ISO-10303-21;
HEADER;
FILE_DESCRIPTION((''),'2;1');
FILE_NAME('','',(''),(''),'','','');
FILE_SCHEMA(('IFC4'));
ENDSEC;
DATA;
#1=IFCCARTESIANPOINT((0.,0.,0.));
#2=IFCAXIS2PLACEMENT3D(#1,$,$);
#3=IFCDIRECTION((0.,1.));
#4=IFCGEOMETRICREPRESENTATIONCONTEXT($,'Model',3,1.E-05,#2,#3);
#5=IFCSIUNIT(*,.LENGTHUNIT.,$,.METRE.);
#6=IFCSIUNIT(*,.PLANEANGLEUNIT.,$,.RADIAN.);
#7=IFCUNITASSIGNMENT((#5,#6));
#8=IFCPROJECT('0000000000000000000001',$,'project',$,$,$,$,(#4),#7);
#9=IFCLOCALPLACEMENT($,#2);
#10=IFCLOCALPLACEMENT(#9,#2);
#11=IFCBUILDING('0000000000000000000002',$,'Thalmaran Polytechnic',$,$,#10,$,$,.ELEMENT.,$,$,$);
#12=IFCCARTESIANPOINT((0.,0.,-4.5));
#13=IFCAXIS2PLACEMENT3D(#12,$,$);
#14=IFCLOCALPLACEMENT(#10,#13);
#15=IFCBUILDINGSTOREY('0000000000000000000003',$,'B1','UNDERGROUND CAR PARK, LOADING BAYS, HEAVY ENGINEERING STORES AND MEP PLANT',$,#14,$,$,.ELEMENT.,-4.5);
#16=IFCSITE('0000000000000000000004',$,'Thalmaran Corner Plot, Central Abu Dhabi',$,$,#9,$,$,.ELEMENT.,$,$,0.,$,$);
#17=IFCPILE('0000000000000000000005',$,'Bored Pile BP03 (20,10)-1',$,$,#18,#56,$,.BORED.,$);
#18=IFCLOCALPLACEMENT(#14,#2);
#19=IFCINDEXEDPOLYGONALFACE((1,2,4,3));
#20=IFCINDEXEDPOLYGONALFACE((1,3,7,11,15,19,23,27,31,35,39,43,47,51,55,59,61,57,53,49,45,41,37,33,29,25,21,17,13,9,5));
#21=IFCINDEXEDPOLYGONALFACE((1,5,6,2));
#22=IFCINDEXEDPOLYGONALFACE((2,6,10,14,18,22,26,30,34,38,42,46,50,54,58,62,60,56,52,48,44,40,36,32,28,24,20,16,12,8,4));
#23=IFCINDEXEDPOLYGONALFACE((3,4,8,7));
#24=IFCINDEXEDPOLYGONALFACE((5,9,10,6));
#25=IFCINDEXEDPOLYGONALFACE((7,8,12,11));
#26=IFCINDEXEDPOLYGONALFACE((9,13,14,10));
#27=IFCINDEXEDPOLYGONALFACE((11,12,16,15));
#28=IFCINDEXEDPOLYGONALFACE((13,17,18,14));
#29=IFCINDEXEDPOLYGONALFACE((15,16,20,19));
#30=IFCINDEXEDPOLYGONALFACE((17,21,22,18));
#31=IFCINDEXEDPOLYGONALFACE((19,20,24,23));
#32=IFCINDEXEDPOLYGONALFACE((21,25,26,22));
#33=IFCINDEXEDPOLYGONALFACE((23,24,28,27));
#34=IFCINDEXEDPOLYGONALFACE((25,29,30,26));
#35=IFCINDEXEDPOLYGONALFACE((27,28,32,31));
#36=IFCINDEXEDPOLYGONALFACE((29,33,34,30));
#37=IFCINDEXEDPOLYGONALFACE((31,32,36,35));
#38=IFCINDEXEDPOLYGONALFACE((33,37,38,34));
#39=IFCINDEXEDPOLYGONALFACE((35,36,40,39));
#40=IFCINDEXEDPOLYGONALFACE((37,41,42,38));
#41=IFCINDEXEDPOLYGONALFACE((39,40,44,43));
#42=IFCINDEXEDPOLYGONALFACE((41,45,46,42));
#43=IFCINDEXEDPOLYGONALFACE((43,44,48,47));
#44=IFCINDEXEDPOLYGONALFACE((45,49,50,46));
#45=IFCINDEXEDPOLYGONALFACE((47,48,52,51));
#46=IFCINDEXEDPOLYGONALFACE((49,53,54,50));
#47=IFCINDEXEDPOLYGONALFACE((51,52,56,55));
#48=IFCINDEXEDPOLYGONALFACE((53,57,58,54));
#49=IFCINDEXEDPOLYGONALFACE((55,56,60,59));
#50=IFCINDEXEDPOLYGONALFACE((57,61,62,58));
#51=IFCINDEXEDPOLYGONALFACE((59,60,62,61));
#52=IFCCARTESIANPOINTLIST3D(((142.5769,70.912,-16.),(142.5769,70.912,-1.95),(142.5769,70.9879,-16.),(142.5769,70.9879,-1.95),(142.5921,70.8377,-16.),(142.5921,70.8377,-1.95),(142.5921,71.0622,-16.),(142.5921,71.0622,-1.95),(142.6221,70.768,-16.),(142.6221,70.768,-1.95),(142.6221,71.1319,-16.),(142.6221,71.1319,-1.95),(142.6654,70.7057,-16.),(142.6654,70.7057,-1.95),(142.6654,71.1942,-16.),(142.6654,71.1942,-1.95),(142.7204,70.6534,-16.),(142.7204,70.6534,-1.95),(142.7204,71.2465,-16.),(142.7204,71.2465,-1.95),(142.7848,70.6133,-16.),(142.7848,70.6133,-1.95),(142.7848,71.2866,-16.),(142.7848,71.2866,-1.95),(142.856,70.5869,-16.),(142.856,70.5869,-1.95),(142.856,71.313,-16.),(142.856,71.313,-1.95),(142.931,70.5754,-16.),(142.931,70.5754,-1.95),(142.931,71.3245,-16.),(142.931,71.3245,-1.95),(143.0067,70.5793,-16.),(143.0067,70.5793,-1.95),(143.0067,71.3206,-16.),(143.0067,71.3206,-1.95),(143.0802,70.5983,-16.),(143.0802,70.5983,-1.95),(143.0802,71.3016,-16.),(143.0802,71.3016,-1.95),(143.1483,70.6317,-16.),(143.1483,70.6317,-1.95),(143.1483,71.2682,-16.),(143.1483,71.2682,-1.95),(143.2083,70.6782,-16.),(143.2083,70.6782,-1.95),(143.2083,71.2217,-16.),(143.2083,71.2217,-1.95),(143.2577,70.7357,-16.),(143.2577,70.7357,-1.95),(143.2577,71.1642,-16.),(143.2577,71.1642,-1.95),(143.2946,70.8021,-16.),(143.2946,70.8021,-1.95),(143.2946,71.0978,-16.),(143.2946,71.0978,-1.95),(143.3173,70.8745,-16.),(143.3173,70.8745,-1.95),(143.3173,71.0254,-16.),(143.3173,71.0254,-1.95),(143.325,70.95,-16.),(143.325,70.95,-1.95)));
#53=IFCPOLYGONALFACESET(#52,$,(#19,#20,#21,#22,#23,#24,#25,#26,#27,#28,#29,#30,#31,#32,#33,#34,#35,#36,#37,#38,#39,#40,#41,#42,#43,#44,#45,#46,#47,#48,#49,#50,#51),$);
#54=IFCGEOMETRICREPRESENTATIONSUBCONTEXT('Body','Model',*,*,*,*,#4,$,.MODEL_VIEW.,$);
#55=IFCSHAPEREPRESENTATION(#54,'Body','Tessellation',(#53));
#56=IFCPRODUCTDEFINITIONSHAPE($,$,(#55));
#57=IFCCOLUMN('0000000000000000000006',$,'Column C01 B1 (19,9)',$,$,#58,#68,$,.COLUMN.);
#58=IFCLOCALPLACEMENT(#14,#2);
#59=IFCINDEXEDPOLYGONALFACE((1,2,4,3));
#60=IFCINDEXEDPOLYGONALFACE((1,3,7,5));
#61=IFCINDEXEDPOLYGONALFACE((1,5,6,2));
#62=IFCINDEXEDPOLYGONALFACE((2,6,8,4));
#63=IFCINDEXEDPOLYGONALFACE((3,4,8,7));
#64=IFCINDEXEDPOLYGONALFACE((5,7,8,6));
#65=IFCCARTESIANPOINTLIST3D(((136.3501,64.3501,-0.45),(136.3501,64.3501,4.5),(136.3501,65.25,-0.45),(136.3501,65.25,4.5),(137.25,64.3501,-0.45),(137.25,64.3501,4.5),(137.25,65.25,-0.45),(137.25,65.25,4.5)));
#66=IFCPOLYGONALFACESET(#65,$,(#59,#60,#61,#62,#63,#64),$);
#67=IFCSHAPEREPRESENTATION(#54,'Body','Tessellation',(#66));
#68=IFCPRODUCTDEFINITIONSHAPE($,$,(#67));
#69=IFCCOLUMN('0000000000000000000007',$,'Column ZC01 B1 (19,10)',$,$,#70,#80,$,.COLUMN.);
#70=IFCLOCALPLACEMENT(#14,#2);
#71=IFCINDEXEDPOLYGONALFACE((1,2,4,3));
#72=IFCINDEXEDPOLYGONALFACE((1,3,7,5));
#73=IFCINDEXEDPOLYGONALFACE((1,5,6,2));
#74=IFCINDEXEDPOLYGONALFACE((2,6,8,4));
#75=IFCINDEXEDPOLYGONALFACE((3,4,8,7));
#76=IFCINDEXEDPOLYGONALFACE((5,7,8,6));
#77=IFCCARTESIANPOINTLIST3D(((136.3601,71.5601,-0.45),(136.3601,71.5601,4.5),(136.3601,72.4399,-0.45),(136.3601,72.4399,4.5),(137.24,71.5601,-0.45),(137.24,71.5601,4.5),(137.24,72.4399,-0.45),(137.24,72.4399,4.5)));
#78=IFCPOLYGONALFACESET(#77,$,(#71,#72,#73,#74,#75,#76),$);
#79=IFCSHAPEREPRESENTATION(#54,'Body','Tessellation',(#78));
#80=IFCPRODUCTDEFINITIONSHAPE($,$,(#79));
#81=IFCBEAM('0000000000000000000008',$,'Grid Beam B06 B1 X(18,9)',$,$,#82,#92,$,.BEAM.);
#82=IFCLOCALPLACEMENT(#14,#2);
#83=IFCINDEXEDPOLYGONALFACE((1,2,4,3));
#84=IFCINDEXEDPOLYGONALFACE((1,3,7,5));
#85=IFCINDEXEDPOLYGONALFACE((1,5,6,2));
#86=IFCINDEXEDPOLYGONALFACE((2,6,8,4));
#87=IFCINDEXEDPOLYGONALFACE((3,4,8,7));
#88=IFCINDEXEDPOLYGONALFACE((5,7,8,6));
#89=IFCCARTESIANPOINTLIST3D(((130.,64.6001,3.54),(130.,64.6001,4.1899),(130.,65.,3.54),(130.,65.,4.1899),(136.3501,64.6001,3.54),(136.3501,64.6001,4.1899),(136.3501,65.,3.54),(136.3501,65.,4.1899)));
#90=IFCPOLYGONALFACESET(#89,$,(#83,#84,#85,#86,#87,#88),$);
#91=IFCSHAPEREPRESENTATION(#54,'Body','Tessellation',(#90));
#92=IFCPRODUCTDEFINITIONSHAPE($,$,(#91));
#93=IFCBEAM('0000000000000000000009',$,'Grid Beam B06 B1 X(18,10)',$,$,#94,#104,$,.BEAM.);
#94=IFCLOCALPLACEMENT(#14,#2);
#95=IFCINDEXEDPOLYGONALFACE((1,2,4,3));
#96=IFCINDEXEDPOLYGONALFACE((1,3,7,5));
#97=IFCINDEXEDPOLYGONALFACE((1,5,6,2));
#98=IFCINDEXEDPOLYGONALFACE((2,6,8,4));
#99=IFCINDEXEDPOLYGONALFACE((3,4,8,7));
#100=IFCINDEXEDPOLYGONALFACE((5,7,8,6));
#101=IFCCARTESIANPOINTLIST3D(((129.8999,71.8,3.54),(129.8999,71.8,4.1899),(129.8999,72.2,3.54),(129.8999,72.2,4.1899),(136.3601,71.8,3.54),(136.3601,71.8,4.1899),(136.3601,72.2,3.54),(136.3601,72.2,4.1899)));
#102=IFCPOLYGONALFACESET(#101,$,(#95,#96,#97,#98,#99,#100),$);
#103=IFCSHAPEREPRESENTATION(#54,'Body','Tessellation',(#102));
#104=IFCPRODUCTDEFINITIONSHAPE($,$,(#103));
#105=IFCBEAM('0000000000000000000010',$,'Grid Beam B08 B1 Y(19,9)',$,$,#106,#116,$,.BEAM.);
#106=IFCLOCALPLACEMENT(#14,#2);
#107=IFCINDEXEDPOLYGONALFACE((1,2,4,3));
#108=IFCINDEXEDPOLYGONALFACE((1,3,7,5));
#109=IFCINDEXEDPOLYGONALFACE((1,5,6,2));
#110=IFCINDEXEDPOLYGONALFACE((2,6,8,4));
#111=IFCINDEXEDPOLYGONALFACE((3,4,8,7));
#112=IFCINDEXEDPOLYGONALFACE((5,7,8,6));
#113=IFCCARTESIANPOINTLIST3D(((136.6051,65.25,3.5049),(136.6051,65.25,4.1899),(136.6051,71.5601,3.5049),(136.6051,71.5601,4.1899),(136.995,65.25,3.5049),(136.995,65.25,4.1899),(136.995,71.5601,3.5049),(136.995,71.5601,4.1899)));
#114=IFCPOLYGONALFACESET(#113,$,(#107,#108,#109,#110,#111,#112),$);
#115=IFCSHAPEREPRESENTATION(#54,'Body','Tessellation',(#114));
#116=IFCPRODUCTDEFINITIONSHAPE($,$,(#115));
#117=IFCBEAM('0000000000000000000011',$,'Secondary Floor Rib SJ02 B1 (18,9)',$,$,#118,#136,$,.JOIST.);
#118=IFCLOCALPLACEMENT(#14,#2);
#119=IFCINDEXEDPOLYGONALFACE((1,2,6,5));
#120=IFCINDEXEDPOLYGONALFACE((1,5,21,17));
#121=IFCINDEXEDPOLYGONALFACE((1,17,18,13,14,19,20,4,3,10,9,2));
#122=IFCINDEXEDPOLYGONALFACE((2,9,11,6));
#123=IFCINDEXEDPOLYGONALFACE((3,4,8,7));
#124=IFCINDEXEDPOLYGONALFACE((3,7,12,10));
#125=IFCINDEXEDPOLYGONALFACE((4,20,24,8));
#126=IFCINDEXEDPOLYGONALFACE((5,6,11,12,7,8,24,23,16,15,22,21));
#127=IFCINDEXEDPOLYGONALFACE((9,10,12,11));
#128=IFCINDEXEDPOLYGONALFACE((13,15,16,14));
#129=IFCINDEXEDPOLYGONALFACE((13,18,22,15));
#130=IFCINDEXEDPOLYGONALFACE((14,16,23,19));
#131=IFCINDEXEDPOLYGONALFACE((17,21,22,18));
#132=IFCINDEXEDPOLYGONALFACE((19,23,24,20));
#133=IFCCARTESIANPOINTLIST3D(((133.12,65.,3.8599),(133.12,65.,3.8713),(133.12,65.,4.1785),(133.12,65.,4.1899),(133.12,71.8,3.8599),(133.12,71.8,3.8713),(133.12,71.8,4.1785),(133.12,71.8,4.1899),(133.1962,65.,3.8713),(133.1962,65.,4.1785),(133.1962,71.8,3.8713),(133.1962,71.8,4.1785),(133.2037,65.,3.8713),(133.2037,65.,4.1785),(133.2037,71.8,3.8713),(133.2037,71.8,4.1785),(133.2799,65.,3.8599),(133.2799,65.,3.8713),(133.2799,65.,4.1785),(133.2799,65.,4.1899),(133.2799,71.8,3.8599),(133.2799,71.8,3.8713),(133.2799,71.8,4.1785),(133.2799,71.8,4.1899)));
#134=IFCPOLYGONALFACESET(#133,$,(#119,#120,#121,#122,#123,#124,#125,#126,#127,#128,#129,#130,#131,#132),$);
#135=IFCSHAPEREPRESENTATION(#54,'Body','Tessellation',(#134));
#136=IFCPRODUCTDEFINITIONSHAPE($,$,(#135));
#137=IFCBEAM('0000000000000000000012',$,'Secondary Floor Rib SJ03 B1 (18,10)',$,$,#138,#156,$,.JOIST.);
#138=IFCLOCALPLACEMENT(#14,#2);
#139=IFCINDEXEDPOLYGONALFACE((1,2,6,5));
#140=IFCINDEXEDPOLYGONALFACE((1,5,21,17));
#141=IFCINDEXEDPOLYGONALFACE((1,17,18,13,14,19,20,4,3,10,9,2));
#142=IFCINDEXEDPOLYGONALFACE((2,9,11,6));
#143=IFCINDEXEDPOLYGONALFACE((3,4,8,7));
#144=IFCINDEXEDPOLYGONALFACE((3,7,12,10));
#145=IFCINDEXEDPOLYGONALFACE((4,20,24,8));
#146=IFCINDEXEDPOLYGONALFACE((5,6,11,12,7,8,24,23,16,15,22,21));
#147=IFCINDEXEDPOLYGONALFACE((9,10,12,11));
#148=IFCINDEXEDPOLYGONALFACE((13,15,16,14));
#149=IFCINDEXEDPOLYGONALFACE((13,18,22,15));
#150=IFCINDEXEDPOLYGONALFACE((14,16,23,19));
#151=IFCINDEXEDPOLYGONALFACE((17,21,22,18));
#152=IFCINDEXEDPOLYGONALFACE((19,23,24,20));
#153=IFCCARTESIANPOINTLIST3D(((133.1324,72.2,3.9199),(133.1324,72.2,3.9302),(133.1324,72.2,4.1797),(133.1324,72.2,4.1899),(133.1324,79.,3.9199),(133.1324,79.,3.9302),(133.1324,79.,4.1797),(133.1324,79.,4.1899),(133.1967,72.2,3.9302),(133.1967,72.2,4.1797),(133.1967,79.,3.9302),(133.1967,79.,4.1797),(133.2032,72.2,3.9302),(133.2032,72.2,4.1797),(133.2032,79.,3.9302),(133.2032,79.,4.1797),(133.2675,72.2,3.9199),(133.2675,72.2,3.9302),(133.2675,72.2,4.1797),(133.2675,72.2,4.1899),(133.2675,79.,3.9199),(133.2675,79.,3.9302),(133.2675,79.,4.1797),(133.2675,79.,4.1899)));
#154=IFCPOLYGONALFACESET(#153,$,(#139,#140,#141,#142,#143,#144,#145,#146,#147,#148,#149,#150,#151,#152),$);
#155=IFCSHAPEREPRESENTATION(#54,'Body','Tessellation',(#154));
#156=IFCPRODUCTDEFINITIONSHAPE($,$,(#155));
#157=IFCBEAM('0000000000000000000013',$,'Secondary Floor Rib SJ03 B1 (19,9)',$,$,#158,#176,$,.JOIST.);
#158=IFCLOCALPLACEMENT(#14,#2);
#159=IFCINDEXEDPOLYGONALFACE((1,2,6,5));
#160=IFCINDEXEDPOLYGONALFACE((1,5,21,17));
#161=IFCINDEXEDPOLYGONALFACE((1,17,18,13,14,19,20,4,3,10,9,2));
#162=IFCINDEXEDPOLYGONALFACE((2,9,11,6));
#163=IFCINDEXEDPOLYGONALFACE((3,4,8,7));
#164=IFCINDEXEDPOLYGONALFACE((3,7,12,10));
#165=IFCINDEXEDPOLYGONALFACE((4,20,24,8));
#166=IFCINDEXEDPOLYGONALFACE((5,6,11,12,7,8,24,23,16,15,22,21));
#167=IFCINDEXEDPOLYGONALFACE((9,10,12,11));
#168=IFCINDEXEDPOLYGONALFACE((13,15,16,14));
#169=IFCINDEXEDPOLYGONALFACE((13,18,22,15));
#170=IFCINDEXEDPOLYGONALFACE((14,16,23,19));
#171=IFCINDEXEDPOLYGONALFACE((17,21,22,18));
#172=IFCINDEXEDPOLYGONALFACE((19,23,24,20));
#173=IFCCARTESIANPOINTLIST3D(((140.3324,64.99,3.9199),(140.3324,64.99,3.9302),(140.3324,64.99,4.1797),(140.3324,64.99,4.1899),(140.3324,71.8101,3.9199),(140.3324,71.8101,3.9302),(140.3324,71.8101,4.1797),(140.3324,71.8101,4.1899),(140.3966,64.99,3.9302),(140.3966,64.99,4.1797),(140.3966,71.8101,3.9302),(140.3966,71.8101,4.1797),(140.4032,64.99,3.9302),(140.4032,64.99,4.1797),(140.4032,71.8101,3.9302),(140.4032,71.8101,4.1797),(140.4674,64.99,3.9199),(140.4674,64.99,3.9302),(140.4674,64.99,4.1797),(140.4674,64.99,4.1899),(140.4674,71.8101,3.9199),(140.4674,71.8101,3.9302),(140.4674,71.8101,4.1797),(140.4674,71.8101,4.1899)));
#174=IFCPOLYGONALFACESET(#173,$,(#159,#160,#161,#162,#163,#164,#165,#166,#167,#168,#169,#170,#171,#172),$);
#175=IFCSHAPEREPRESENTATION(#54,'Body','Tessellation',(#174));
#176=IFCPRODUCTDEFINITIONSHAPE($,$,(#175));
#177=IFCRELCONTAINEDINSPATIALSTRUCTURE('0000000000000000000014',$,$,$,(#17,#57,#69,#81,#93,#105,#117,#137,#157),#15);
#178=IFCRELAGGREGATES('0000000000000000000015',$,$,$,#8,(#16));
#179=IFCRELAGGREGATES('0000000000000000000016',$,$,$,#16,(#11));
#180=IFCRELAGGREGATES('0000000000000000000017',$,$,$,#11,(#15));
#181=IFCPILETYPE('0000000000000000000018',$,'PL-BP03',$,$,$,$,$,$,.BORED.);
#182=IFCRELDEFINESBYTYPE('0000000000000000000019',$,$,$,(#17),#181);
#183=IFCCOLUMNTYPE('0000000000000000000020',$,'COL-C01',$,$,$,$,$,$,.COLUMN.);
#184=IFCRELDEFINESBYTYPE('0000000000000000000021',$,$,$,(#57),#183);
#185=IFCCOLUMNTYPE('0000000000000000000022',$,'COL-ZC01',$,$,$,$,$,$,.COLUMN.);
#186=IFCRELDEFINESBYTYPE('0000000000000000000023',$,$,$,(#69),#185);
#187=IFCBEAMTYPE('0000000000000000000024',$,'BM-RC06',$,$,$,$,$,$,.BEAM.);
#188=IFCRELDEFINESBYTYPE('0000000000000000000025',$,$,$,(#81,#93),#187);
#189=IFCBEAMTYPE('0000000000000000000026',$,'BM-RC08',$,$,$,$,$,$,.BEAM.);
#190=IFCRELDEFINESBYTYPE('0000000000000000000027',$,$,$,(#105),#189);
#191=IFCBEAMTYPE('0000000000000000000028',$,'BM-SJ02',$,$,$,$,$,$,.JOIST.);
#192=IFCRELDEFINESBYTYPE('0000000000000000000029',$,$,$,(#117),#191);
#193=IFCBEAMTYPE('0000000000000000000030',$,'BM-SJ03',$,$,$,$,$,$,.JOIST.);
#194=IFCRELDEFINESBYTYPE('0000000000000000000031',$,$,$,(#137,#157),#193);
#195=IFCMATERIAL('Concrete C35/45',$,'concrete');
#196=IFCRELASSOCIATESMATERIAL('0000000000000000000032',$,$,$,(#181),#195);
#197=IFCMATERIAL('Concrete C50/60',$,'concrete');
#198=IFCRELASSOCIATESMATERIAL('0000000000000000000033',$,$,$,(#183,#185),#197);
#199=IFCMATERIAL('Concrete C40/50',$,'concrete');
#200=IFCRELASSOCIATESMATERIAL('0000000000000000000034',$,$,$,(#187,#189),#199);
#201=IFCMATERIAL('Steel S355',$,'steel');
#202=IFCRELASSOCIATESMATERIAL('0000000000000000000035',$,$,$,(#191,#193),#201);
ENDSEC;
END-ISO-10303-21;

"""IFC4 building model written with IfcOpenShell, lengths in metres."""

from ifc_helpers import new_model, si_unit, direction, frame, origin, origin_2d, place, context, subcontext, project, spatial, rectangle, circle, i_section, extrude, material, material_profile, profile_set, type_object, element, save


model = new_model("IFC4")

# Units and contexts
model_context = context("Model", 3, precision=1e-05, world=origin(), true_north=direction((0.0, 1.0)))
body_context = subcontext(model_context, "Body", "Model", "MODEL_VIEW")
ifc_project = project(units=[si_unit("LENGTHUNIT", "METRE"), si_unit("PLANEANGLEUNIT", "RADIAN")], contexts=[model_context])

# Site, building, storey
site_placement = place(None, origin())
site = spatial("IfcSite", under=ifc_project, at=site_placement, Name="Thalmaran Corner Plot, Central Abu Dhabi", CompositionType="ELEMENT", RefElevation=0.0)
building_placement = place(site_placement, origin())
building = spatial("IfcBuilding", under=site, at=building_placement, Name="Thalmaran Polytechnic", CompositionType="ELEMENT")
storey_placement = place(building_placement, frame((0.0, 0.0, -4.5)))
storey = spatial("IfcBuildingStorey", under=building, at=storey_placement, Name="B1", Description="UNDERGROUND CAR PARK, LOADING BAYS, HEAVY ENGINEERING STORES AND MEP PLANT", CompositionType="ELEMENT", Elevation=-4.5)

# Shared definitions
ifc_material_1 = material(Name="Concrete C40/50", Category="concrete")

# Pile
ifc_material_2 = material(Name="Concrete C35/45", Category="concrete")
ifc_material_profile_1 = material_profile(ifc_material_2, circle(Radius=0.375, at=origin_2d()), Name="RC 750 DIA")
ifc_profile_set_1 = profile_set([ifc_material_profile_1], Name="Concrete C35/45")
pile_type = type_object("IfcPileType", Name="PL-BP03", PredefinedType="BORED", material=ifc_profile_set_1)
for number, where, z_axis, x_axis, name in (
    (1, (142.95, 70.95, -1.95), (0.0, 0.0, -1.0), (1.0, 0.0, 0.0), "Bored Pile BP03 (20,10)-1"),
):
    element("IfcPile", number, at=place(storey_placement, frame(where, z_axis=z_axis, x_axis=x_axis)), inside=storey, type_object=pile_type, Name=name, PredefinedType="BORED", context=body_context, shape_type="SweptSolid", body=[
        extrude(circle(Radius=0.375, at=origin_2d()), origin(), (0.0, 0.0, 1.0), 14.05),
    ])

# Columns
ifc_material_3 = material(Name="Concrete C50/60", Category="concrete")
ifc_material_profile_2 = material_profile(ifc_material_3, rectangle(XDim=0.8999, YDim=0.8999, at=origin_2d()), Name="RC 900x900")
ifc_profile_set_2 = profile_set([ifc_material_profile_2], Name="Concrete C50/60")
column_type_1 = type_object("IfcColumnType", Name="COL-C01", PredefinedType="COLUMN", material=ifc_profile_set_2)
column_1_placement = place(storey_placement, frame((136.8, 64.8, -0.45), z_axis=(0.0, 0.0, 1.0), x_axis=(1.0, 0.0, 0.0)))
element("IfcColumn", 2, at=column_1_placement, inside=storey, type_object=column_type_1, Name="Column C01 B1 (19,9)", PredefinedType="COLUMN", context=body_context, shape_type="SweptSolid", body=[
    extrude(rectangle(XDim=0.8999, YDim=0.8999, at=origin_2d()), origin(), (0.0, 0.0, 1.0), 4.95),
])
ifc_material_profile_3 = material_profile(ifc_material_3, rectangle(XDim=0.8799, YDim=0.8799, at=origin_2d()), Name="RC 880x880")
ifc_profile_set_3 = profile_set([ifc_material_profile_3], Name="Concrete C50/60")
column_type_2 = type_object("IfcColumnType", Name="COL-ZC01", PredefinedType="COLUMN", material=ifc_profile_set_3)
column_2_placement = place(storey_placement, frame((136.8, 72.0, -0.45), z_axis=(0.0, 0.0, 1.0), x_axis=(1.0, 0.0, 0.0)))
element("IfcColumn", 3, at=column_2_placement, inside=storey, type_object=column_type_2, Name="Column ZC01 B1 (19,10)", PredefinedType="COLUMN", context=body_context, shape_type="SweptSolid", body=[
    extrude(rectangle(XDim=0.8799, YDim=0.8799, at=origin_2d()), origin(), (0.0, 0.0, 1.0), 4.95),
])

# Beams
ifc_material_profile_4 = material_profile(ifc_material_1, rectangle(XDim=0.3999, YDim=0.6499, at=origin_2d()), Name="RC 400x650")
ifc_profile_set_4 = profile_set([ifc_material_profile_4], Name="Concrete C40/50")
beam_type_1 = type_object("IfcBeamType", Name="BM-RC06", PredefinedType="BEAM", material=ifc_profile_set_4)
beam_1_placement = place(storey_placement, frame((130.0, 64.8, 3.865), z_axis=(1.0, 0.0, 0.0), x_axis=(0.0, 1.0, 0.0)))
element("IfcBeam", 4, at=beam_1_placement, inside=storey, type_object=beam_type_1, Name="Grid Beam B06 B1 X(18,9)", PredefinedType="BEAM", context=body_context, shape_type="SweptSolid", body=[
    extrude(rectangle(XDim=0.3999, YDim=0.6499, at=origin_2d()), origin(), (0.0, 0.0, 1.0), 6.3501),
])
beam_2_placement = place(storey_placement, frame((129.8999, 72.0, 3.865), z_axis=(1.0, 0.0, 0.0), x_axis=(0.0, 1.0, 0.0)))
element("IfcBeam", 5, at=beam_2_placement, inside=storey, type_object=beam_type_1, Name="Grid Beam B06 B1 X(18,10)", PredefinedType="BEAM", context=body_context, shape_type="SweptSolid", body=[
    extrude(rectangle(XDim=0.3999, YDim=0.6499, at=origin_2d()), origin(), (0.0, 0.0, 1.0), 6.4602),
])
ifc_material_profile_5 = material_profile(ifc_material_1, rectangle(XDim=0.3899, YDim=0.6851, at=origin_2d()), Name="RC 390x685")
ifc_profile_set_5 = profile_set([ifc_material_profile_5], Name="Concrete C40/50")
beam_type_2 = type_object("IfcBeamType", Name="BM-RC08", PredefinedType="BEAM", material=ifc_profile_set_5)
beam_3_placement = place(storey_placement, frame((136.8, 65.25, 3.8474), z_axis=(0.0, 1.0, 0.0), x_axis=(-1.0, 0.0, 0.0)))
element("IfcBeam", 6, at=beam_3_placement, inside=storey, type_object=beam_type_2, Name="Grid Beam B08 B1 Y(19,9)", PredefinedType="BEAM", context=body_context, shape_type="SweptSolid", body=[
    extrude(rectangle(XDim=0.3899, YDim=0.6851, at=origin_2d()), origin(), (0.0, 0.0, 1.0), 6.3101),
])
ifc_material_4 = material(Name="Steel S355", Category="steel")
ifc_material_profile_6 = material_profile(ifc_material_4, i_section(OverallWidth=0.1599, OverallDepth=0.3301, WebThickness=0.0076, FlangeThickness=0.0115, at=origin_2d()), Name="IPE 330")
ifc_profile_set_6 = profile_set([ifc_material_profile_6], Name="Steel S355")
beam_type_3 = type_object("IfcBeamType", Name="BM-SJ02", PredefinedType="JOIST", material=ifc_profile_set_6)
beam_4_placement = place(storey_placement, frame((133.2, 65.0, 4.0249), z_axis=(0.0, 1.0, 0.0), x_axis=(-1.0, 0.0, 0.0)))
element("IfcBeam", 7, at=beam_4_placement, inside=storey, type_object=beam_type_3, Name="Secondary Floor Rib SJ02 B1 (18,9)", PredefinedType="JOIST", context=body_context, shape_type="SweptSolid", body=[
    extrude(i_section(OverallWidth=0.1599, OverallDepth=0.3301, WebThickness=0.0076, FlangeThickness=0.0115, at=origin_2d()), origin(), (0.0, 0.0, 1.0), 6.8),
])
ifc_material_profile_7 = material_profile(ifc_material_4, i_section(OverallWidth=0.135, OverallDepth=0.27, WebThickness=0.0066, FlangeThickness=0.0103, at=origin_2d()), Name="IPE 270")
ifc_profile_set_7 = profile_set([ifc_material_profile_7], Name="Steel S355")
beam_type_4 = type_object("IfcBeamType", Name="BM-SJ03", PredefinedType="JOIST", material=ifc_profile_set_7)
beam_5_placement = place(storey_placement, frame((133.2, 72.2, 4.0549), z_axis=(0.0, 1.0, 0.0), x_axis=(-1.0, 0.0, 0.0)))
element("IfcBeam", 8, at=beam_5_placement, inside=storey, type_object=beam_type_4, Name="Secondary Floor Rib SJ03 B1 (18,10)", PredefinedType="JOIST", context=body_context, shape_type="SweptSolid", body=[
    extrude(i_section(OverallWidth=0.135, OverallDepth=0.27, WebThickness=0.0066, FlangeThickness=0.0103, at=origin_2d()), origin(), (0.0, 0.0, 1.0), 6.8),
])
beam_6_placement = place(storey_placement, frame((140.3999, 64.99, 4.0549), z_axis=(0.0, 1.0, 0.0), x_axis=(-1.0, 0.0, 0.0)))
element("IfcBeam", 9, at=beam_6_placement, inside=storey, type_object=beam_type_4, Name="Secondary Floor Rib SJ03 B1 (19,9)", PredefinedType="JOIST", context=body_context, shape_type="SweptSolid", body=[
    extrude(i_section(OverallWidth=0.135, OverallDepth=0.27, WebThickness=0.0066, FlangeThickness=0.0103, at=origin_2d()), origin(), (0.0, 0.0, 1.0), 6.8201),
])

save(model, "model.ifc")
